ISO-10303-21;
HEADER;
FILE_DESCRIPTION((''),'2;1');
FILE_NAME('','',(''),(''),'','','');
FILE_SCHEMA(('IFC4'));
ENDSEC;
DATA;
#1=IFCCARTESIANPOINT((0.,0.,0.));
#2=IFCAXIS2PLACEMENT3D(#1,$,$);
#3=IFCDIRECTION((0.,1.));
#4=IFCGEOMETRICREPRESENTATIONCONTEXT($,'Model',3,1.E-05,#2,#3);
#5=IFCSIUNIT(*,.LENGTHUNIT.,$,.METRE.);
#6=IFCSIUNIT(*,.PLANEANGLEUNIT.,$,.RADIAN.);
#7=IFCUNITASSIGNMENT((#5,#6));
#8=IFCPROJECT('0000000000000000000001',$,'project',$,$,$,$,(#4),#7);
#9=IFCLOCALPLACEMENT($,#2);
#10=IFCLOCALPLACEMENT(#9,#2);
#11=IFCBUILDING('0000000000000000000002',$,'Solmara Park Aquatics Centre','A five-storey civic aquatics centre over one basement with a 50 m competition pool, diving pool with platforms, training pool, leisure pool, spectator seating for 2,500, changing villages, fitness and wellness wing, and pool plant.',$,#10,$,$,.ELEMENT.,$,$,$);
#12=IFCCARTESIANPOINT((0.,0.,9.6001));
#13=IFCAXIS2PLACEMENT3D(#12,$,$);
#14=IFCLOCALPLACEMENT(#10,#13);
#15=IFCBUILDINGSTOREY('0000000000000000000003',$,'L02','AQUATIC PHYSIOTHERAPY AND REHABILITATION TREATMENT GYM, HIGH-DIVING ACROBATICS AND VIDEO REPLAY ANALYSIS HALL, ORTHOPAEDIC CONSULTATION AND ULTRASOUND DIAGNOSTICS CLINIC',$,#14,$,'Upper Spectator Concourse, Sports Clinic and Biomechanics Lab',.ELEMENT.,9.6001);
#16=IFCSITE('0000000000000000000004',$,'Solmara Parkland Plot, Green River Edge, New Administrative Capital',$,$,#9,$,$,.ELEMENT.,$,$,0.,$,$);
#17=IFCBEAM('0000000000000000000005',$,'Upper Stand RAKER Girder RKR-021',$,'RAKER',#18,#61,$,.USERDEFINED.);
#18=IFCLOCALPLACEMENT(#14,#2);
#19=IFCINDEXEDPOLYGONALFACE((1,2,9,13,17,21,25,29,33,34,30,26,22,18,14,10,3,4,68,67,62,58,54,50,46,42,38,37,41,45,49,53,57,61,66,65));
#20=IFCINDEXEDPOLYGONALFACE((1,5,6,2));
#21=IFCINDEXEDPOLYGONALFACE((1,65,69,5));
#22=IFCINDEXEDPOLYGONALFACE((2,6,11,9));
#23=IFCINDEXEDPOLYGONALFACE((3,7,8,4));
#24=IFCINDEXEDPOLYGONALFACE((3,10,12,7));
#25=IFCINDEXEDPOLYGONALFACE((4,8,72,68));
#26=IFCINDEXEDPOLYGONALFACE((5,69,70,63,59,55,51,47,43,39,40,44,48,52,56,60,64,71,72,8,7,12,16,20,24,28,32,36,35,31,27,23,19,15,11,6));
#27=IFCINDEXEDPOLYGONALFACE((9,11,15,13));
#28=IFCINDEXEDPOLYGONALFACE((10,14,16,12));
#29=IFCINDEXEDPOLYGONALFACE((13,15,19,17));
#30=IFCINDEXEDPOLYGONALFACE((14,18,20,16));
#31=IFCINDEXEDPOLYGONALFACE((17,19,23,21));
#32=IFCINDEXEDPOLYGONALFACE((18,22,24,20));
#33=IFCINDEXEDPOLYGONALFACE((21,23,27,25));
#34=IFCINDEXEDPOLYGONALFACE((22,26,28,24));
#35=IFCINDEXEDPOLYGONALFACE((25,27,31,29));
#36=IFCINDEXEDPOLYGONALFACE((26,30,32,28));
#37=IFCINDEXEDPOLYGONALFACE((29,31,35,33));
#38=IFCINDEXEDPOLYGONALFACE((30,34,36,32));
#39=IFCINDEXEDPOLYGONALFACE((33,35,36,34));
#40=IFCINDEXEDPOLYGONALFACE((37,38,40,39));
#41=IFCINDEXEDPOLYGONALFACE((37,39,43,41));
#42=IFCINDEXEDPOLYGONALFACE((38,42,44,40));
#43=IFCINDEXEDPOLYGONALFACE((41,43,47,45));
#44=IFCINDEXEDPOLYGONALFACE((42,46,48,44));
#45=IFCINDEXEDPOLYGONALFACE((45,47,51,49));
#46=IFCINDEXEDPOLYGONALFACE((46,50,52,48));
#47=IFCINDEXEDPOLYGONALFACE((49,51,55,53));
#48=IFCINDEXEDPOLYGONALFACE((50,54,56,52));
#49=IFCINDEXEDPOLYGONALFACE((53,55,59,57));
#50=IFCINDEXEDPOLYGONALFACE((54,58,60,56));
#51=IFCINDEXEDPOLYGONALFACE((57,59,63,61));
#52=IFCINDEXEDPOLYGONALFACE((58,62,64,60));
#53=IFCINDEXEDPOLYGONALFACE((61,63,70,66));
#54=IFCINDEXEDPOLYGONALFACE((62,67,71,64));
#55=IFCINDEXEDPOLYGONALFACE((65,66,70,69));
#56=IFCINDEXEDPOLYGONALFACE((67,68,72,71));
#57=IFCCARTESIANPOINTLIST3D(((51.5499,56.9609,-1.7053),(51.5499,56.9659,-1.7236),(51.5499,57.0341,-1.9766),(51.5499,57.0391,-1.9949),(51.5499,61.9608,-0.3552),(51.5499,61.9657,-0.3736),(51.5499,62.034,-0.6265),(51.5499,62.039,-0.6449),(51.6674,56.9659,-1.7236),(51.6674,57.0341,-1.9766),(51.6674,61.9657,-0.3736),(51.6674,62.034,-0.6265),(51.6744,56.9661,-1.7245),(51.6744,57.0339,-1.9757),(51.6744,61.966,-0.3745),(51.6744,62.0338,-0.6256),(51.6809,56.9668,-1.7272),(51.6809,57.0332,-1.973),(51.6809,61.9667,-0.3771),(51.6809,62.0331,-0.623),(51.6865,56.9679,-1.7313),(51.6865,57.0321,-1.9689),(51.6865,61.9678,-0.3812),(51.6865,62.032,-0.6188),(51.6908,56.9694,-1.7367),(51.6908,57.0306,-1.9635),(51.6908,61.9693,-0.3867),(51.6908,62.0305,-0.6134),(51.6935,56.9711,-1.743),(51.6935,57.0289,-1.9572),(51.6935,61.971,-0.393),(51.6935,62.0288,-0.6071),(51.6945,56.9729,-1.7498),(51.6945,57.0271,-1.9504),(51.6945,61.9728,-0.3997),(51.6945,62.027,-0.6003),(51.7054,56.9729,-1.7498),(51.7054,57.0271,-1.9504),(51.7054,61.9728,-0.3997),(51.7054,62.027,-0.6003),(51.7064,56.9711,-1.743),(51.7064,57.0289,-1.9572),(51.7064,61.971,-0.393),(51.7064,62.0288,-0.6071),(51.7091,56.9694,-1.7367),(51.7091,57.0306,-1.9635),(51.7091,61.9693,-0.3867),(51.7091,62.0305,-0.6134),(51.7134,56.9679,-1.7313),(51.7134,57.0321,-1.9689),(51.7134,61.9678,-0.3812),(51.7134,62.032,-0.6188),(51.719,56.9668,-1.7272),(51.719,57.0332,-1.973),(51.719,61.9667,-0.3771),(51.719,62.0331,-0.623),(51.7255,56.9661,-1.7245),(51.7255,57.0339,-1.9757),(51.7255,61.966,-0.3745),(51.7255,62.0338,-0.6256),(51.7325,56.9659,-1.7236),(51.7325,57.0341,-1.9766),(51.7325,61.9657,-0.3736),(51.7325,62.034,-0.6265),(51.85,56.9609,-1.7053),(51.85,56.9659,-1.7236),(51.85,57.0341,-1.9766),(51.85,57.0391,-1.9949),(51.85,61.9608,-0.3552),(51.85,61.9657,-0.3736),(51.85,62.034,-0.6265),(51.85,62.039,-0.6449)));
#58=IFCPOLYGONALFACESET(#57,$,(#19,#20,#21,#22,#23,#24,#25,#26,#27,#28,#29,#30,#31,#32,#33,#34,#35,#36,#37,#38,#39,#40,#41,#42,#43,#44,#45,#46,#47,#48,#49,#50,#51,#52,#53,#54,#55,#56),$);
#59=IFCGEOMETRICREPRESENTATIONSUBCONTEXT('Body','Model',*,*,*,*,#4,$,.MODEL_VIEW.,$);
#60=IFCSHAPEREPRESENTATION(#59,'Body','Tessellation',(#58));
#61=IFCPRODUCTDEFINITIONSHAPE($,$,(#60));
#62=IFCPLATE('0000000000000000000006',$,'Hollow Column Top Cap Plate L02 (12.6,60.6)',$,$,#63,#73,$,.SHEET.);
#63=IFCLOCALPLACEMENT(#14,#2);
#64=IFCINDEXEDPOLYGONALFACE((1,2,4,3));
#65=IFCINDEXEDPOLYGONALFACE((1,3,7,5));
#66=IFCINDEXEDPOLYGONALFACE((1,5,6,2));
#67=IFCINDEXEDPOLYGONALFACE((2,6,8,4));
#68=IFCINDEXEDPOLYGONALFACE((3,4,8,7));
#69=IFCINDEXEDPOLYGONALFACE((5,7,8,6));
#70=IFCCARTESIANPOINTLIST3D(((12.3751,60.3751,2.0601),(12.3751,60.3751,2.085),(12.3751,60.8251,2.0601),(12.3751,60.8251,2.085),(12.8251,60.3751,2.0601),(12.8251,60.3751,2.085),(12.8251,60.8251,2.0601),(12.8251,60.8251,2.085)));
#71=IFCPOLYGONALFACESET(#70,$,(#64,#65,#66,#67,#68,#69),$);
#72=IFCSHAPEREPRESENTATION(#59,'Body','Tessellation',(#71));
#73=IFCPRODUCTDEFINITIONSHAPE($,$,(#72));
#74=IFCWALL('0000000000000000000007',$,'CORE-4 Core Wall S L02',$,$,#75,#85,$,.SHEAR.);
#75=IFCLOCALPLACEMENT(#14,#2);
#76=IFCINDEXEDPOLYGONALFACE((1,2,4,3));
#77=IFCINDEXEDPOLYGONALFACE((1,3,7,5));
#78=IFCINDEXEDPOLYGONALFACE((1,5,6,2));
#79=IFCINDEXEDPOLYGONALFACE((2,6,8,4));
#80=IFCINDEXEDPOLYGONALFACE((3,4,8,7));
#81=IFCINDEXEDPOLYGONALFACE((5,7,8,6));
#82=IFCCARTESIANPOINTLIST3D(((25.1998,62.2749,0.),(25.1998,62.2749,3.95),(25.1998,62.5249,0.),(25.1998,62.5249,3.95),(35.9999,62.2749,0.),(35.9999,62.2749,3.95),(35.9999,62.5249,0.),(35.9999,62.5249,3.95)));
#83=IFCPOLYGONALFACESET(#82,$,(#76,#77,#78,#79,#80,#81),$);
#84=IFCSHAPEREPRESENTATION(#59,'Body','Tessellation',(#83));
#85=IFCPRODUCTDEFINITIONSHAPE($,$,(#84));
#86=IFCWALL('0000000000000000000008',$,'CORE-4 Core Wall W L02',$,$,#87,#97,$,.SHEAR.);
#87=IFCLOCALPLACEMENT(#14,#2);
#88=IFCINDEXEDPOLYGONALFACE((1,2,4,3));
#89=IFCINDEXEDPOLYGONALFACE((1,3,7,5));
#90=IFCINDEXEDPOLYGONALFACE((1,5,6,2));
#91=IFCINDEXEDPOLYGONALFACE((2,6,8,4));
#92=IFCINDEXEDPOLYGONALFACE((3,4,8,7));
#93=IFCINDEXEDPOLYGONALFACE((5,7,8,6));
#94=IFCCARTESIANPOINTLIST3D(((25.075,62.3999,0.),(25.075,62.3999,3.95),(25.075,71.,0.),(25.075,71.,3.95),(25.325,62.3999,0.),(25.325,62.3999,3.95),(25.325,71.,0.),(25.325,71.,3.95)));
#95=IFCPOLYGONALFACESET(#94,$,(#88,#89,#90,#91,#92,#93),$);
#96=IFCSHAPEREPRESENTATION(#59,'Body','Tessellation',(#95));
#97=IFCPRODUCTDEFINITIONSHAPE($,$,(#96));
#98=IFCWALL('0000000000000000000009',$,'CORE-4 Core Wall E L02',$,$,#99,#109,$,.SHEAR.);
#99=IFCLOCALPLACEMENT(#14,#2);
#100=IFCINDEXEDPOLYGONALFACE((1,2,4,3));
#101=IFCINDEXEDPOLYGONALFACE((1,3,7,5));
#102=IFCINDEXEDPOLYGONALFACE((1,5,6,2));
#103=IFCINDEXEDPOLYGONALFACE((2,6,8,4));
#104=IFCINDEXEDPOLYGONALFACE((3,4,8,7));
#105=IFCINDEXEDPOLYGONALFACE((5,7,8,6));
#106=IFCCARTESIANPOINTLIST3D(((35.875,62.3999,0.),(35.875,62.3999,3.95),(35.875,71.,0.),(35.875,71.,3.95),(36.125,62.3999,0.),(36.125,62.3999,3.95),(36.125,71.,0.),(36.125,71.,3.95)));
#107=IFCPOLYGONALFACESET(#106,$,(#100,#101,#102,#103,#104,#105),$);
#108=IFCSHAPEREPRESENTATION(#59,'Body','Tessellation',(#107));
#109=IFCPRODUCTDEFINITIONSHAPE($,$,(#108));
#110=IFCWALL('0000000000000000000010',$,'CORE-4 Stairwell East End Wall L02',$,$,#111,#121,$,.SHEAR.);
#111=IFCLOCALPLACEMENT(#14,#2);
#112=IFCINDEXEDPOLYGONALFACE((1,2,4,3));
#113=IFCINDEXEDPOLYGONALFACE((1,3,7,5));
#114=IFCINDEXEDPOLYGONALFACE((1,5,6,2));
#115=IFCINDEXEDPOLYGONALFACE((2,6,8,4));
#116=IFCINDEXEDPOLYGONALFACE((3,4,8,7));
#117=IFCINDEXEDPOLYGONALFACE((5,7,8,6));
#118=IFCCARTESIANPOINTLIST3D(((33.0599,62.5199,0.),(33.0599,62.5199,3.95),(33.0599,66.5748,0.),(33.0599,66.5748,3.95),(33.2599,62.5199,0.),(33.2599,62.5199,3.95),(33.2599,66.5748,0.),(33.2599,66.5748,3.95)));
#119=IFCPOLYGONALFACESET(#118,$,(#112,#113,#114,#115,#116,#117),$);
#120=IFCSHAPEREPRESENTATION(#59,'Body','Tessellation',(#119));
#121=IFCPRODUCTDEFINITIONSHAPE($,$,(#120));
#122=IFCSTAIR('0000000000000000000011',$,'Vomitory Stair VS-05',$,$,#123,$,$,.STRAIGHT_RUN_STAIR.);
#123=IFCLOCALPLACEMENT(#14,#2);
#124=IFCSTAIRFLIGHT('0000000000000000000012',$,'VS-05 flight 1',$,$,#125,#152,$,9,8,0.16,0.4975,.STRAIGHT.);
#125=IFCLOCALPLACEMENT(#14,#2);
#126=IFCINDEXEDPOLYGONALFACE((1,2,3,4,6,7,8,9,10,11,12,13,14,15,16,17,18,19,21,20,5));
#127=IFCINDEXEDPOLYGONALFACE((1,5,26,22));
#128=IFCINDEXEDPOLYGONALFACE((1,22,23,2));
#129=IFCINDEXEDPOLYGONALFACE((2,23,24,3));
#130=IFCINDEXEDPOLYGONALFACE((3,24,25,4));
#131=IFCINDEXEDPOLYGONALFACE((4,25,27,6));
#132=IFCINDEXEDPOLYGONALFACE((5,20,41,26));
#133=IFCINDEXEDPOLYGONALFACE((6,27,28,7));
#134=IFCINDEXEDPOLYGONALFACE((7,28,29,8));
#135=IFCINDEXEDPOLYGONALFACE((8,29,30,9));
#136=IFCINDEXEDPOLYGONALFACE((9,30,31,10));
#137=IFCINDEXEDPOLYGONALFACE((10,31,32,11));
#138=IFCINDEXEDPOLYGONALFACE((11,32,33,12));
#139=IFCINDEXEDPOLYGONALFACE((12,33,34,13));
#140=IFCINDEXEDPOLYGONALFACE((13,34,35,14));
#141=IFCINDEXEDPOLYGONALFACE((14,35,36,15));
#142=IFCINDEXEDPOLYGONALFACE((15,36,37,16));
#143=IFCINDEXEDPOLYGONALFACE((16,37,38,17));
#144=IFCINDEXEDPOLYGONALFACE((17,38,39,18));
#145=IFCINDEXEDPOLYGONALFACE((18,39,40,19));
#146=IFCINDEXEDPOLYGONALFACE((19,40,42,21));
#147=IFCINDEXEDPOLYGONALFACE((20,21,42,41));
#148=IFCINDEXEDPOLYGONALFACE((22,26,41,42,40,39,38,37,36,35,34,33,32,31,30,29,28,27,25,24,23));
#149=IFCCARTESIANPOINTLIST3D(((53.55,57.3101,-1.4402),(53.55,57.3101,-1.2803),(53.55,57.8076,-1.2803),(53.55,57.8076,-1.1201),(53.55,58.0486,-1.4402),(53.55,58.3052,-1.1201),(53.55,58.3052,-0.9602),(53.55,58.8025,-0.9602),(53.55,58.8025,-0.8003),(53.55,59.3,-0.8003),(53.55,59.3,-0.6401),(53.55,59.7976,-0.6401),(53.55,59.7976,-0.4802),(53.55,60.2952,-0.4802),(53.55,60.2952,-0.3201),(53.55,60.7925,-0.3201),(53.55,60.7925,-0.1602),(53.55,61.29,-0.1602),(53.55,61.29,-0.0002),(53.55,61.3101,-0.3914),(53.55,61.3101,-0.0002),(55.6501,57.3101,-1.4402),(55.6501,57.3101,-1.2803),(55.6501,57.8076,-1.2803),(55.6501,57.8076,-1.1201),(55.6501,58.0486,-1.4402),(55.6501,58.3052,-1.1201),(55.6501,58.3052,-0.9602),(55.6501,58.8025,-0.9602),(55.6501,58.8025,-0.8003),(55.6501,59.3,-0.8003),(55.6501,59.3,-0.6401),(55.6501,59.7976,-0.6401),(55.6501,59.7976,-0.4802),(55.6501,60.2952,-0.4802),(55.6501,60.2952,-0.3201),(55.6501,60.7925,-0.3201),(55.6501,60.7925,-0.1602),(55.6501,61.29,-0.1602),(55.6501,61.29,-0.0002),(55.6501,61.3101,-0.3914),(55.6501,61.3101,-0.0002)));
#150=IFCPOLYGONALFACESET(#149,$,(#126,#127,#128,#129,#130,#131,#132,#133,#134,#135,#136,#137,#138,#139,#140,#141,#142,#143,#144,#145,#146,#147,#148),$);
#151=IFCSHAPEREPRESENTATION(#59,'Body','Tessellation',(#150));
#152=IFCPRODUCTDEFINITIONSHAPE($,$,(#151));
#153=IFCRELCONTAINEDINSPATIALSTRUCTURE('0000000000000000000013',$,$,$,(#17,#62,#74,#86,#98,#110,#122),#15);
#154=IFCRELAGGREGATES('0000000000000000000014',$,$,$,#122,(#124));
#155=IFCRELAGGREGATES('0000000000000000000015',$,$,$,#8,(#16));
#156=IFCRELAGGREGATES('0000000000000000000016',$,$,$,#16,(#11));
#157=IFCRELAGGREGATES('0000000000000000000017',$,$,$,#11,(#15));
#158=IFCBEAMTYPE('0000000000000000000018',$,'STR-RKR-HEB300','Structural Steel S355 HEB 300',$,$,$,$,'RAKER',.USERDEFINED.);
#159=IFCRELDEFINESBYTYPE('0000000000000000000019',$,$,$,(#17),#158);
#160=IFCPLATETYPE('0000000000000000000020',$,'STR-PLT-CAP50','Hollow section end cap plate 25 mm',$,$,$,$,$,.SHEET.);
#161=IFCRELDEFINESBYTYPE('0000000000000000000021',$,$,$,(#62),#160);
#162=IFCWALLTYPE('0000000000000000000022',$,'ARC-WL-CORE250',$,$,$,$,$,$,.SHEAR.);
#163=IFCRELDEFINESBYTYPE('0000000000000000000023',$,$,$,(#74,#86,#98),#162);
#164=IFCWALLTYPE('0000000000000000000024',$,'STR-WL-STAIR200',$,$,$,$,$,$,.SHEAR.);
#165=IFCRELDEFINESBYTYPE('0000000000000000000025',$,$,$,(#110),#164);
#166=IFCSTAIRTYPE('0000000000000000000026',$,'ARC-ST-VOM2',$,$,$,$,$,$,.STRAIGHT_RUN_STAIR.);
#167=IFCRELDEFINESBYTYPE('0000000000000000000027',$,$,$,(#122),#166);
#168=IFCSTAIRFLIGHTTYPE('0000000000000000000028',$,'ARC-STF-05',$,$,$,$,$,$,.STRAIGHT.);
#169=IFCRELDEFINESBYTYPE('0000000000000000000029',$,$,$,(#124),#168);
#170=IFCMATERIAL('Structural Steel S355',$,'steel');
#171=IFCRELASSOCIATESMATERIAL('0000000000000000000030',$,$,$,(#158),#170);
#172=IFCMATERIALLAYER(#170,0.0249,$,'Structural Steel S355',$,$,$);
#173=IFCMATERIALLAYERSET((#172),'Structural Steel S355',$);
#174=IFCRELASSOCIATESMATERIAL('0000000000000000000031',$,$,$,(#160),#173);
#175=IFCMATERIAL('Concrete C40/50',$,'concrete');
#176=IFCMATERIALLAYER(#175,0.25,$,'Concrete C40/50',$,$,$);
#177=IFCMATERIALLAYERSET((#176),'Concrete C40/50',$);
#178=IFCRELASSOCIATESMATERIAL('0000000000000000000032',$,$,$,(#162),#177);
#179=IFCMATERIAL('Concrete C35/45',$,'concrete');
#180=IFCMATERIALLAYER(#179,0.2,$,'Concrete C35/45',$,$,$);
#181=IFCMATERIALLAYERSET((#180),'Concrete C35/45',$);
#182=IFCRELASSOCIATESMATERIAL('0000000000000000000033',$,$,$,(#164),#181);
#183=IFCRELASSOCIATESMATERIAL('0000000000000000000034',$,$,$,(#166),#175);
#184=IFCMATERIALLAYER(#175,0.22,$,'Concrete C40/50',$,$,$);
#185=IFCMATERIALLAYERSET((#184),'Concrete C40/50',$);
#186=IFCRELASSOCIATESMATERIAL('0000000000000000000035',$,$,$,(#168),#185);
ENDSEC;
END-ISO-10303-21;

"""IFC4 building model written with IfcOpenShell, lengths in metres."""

from ifc_helpers import new_model, si_unit, direction, frame, frame_2d, origin, origin_2d, place, context, subcontext, project, spatial, polyline, rectangle, i_section, outline, extrude, material, layer, layer_set, material_profile, profile_set, type_object, element, aggregate, save


model = new_model("IFC4")

# Units and contexts
model_context = context("Model", 3, precision=1e-05, world=origin(), true_north=direction((0.0, 1.0)))
body_context = subcontext(model_context, "Body", "Model", "MODEL_VIEW")
ifc_project = project(units=[si_unit("LENGTHUNIT", "METRE"), si_unit("PLANEANGLEUNIT", "RADIAN")], contexts=[model_context])

# Site, building, storey
site_placement = place(None, origin())
site = spatial("IfcSite", under=ifc_project, at=site_placement, Name="Solmara Parkland Plot, Green River Edge, New Administrative Capital", CompositionType="ELEMENT", RefElevation=0.0)
building_placement = place(site_placement, origin())
building = spatial("IfcBuilding", under=site, at=building_placement, Name="Solmara Park Aquatics Centre", Description="A five-storey civic aquatics centre over one basement with a 50 m competition pool, diving pool with platforms, training pool, leisure pool, spectator seating for 2,500, changing villages, fitness and wellness wing, and pool plant.", CompositionType="ELEMENT")
storey_placement = place(building_placement, frame((0.0, 0.0, 9.6001)))
storey = spatial("IfcBuildingStorey", under=building, at=storey_placement, Name="L02", Description="AQUATIC PHYSIOTHERAPY AND REHABILITATION TREATMENT GYM, HIGH-DIVING ACROBATICS AND VIDEO REPLAY ANALYSIS HALL, ORTHOPAEDIC CONSULTATION AND ULTRASOUND DIAGNOSTICS CLINIC", LongName="Upper Spectator Concourse, Sports Clinic and Biomechanics Lab", CompositionType="ELEMENT", Elevation=9.6001)

# Shared definitions
ifc_material_1 = material(Name="Structural Steel S355", Category="steel")

# Beam
ifc_material_profile_1 = material_profile(ifc_material_1, i_section(OverallWidth=0.3, OverallDepth=0.3, WebThickness=0.011, FlangeThickness=0.019, FilletRadius=0.0271, at=origin_2d()), Name="HEB 300")
ifc_profile_set_1 = profile_set([ifc_material_profile_1], Name="Structural Steel S355")
beam_type_1 = type_object("IfcBeamType", Name="STR-RKR-HEB300", Description="Structural Steel S355 HEB 300", ElementType="RAKER", PredefinedType="USERDEFINED", material=ifc_profile_set_1)
for number, where, z_axis, x_axis, name in (
    (1, (51.7, 57.0, -1.8501), (0.0, 0.965424, 0.260683), (-1.0, 0.0, 0.0), "Upper Stand RAKER Girder RKR-021"),
):
    element("IfcBeam", number, at=place(storey_placement, frame(where, z_axis=z_axis, x_axis=x_axis)), inside=storey, type_object=beam_type_1, Name=name, ObjectType="RAKER", PredefinedType="USERDEFINED", context=body_context, shape_type="SweptSolid", body=[
        extrude(i_section(OverallWidth=0.3, OverallDepth=0.3, WebThickness=0.011, FlangeThickness=0.019, FilletRadius=0.0271, at=origin_2d()), origin(), (0.0, 0.0, 1.0), 5.179),
    ])

# Plate
ifc_layer_1 = layer(ifc_material_1, 0.0249, Name="Structural Steel S355")
ifc_layer_set_1 = layer_set([ifc_layer_1], Name="Structural Steel S355")
plate_type = type_object("IfcPlateType", Name="STR-PLT-CAP50", Description="Hollow section end cap plate 25 mm", PredefinedType="SHEET", material=ifc_layer_set_1)
plate_placement = place(storey_placement, frame((12.6001, 60.6001, 2.0601), z_axis=(0.0, 0.0, 1.0), x_axis=(1.0, 0.0, 0.0)))
element("IfcPlate", 2, at=plate_placement, inside=storey, type_object=plate_type, Name="Hollow Column Top Cap Plate L02 (12.6,60.6)", PredefinedType="SHEET", context=body_context, shape_type="SweptSolid", body=[
    extrude(rectangle(XDim=0.45, YDim=0.45, at=origin_2d()), origin(), (0.0, 0.0, 1.0), 0.0249),
])

# Walls
ifc_material_2 = material(Name="Concrete C40/50", Category="concrete")
ifc_layer_2 = layer(ifc_material_2, 0.25, Name="Concrete C40/50")
ifc_layer_set_2 = layer_set([ifc_layer_2], Name="Concrete C40/50")
wall_type_1 = type_object("IfcWallType", Name="ARC-WL-CORE250", PredefinedType="SHEAR", material=ifc_layer_set_2)
wall_1_placement = place(storey_placement, frame((25.2, 62.3999, 0.0), z_axis=(0.0, 0.0, 1.0), x_axis=(1.0, 0.0, 0.0)))
element("IfcWall", 3, at=wall_1_placement, inside=storey, type_object=wall_type_1, Name="CORE-4 Core Wall S L02", PredefinedType="SHEAR", context=body_context, shape_type="SweptSolid", body=[
    extrude(rectangle(XDim=10.8, YDim=0.25, at=frame_2d((5.3999, 0.0))), origin(), (0.0, 0.0, 1.0), 3.95),
])
for number, where, z_axis, x_axis, name in (
    (4, (25.2, 62.3999, 0.0), (0.0, 0.0, 1.0), (0.0, 1.0, 0.0), "CORE-4 Core Wall W L02"),
    (5, (36.0, 62.3999, 0.0), (0.0, 0.0, 1.0), (0.0, 1.0, 0.0), "CORE-4 Core Wall E L02"),
):
    element("IfcWall", number, at=place(storey_placement, frame(where, z_axis=z_axis, x_axis=x_axis)), inside=storey, type_object=wall_type_1, Name=name, PredefinedType="SHEAR", context=body_context, shape_type="SweptSolid", body=[
        extrude(rectangle(XDim=8.6001, YDim=0.25, at=frame_2d((4.3, 0.0))), origin(), (0.0, 0.0, 1.0), 3.95),
    ])
ifc_material_3 = material(Name="Concrete C35/45", Category="concrete")
ifc_layer_3 = layer(ifc_material_3, 0.2, Name="Concrete C35/45")
ifc_layer_set_3 = layer_set([ifc_layer_3], Name="Concrete C35/45")
wall_type_2 = type_object("IfcWallType", Name="STR-WL-STAIR200", PredefinedType="SHEAR", material=ifc_layer_set_3)
wall_2_placement = place(storey_placement, frame((33.1599, 62.52, 0.0), z_axis=(0.0, 0.0, 1.0), x_axis=(0.0, 1.0, 0.0)))
element("IfcWall", 6, at=wall_2_placement, inside=storey, type_object=wall_type_2, Name="CORE-4 Stairwell East End Wall L02", PredefinedType="SHEAR", context=body_context, shape_type="SweptSolid", body=[
    extrude(rectangle(XDim=4.0549, YDim=0.2, at=frame_2d((2.0273, 0.0))), origin(), (0.0, 0.0, 1.0), 3.95),
])

# Stair, stair flight
stair_type = type_object("IfcStairType", Name="ARC-ST-VOM2", PredefinedType="STRAIGHT_RUN_STAIR", material=ifc_material_2)
stair_placement = place(storey_placement, origin())
stair = element("IfcStair", 7, at=stair_placement, inside=storey, type_object=stair_type, Name="Vomitory Stair VS-05", PredefinedType="STRAIGHT_RUN_STAIR")
ifc_layer_4 = layer(ifc_material_2, 0.22, Name="Concrete C40/50")
ifc_layer_set_4 = layer_set([ifc_layer_4], Name="Concrete C40/50")
stair_flight_type = type_object("IfcStairFlightType", Name="ARC-STF-05", PredefinedType="STRAIGHT", material=ifc_layer_set_4)
stair_flight_placement = place(storey_placement, frame((54.6001, 57.3101, -1.4402), z_axis=(0.0, 0.0, 1.0), x_axis=(0.0, 1.0, 0.0)))
stair_flight = element("IfcStairFlight", 8, at=stair_flight_placement, type_object=stair_flight_type, Name="VS-05 flight 1", NumberOfRisers=9, NumberOfTreads=8, PredefinedType="STRAIGHT", RiserHeight=0.16, TreadLength=0.4975, context=body_context, shape_type="SweptSolid", body=[
    extrude(outline(polyline([(0.0, 0.0), (0.0, 0.1599), (0.4976, 0.1599), (0.4976, 0.3201), (0.9951, 0.3201), (0.9951, 0.48), (1.4924, 0.48), (1.4924, 0.6399), (1.99, 0.6399), (1.99, 0.8), (2.4875, 0.8), (2.4875, 0.96), (2.9851, 0.96), (2.9851, 1.1201), (3.4824, 1.1201), (3.4824, 1.28), (3.98, 1.28), (3.98, 1.4399), (4.0, 1.4399), (4.0, 1.0488), (0.7385, 0.0), (0.0, 0.0)])), frame((0.0, 1.05, 0.0), z_axis=(0.0, -1.0, 0.0), x_axis=(1.0, 0.0, 0.0)), (0.0, 0.0, 1.0), 2.1001),
])
aggregate(stair, [stair_flight])

save(model, "model.ifc")
